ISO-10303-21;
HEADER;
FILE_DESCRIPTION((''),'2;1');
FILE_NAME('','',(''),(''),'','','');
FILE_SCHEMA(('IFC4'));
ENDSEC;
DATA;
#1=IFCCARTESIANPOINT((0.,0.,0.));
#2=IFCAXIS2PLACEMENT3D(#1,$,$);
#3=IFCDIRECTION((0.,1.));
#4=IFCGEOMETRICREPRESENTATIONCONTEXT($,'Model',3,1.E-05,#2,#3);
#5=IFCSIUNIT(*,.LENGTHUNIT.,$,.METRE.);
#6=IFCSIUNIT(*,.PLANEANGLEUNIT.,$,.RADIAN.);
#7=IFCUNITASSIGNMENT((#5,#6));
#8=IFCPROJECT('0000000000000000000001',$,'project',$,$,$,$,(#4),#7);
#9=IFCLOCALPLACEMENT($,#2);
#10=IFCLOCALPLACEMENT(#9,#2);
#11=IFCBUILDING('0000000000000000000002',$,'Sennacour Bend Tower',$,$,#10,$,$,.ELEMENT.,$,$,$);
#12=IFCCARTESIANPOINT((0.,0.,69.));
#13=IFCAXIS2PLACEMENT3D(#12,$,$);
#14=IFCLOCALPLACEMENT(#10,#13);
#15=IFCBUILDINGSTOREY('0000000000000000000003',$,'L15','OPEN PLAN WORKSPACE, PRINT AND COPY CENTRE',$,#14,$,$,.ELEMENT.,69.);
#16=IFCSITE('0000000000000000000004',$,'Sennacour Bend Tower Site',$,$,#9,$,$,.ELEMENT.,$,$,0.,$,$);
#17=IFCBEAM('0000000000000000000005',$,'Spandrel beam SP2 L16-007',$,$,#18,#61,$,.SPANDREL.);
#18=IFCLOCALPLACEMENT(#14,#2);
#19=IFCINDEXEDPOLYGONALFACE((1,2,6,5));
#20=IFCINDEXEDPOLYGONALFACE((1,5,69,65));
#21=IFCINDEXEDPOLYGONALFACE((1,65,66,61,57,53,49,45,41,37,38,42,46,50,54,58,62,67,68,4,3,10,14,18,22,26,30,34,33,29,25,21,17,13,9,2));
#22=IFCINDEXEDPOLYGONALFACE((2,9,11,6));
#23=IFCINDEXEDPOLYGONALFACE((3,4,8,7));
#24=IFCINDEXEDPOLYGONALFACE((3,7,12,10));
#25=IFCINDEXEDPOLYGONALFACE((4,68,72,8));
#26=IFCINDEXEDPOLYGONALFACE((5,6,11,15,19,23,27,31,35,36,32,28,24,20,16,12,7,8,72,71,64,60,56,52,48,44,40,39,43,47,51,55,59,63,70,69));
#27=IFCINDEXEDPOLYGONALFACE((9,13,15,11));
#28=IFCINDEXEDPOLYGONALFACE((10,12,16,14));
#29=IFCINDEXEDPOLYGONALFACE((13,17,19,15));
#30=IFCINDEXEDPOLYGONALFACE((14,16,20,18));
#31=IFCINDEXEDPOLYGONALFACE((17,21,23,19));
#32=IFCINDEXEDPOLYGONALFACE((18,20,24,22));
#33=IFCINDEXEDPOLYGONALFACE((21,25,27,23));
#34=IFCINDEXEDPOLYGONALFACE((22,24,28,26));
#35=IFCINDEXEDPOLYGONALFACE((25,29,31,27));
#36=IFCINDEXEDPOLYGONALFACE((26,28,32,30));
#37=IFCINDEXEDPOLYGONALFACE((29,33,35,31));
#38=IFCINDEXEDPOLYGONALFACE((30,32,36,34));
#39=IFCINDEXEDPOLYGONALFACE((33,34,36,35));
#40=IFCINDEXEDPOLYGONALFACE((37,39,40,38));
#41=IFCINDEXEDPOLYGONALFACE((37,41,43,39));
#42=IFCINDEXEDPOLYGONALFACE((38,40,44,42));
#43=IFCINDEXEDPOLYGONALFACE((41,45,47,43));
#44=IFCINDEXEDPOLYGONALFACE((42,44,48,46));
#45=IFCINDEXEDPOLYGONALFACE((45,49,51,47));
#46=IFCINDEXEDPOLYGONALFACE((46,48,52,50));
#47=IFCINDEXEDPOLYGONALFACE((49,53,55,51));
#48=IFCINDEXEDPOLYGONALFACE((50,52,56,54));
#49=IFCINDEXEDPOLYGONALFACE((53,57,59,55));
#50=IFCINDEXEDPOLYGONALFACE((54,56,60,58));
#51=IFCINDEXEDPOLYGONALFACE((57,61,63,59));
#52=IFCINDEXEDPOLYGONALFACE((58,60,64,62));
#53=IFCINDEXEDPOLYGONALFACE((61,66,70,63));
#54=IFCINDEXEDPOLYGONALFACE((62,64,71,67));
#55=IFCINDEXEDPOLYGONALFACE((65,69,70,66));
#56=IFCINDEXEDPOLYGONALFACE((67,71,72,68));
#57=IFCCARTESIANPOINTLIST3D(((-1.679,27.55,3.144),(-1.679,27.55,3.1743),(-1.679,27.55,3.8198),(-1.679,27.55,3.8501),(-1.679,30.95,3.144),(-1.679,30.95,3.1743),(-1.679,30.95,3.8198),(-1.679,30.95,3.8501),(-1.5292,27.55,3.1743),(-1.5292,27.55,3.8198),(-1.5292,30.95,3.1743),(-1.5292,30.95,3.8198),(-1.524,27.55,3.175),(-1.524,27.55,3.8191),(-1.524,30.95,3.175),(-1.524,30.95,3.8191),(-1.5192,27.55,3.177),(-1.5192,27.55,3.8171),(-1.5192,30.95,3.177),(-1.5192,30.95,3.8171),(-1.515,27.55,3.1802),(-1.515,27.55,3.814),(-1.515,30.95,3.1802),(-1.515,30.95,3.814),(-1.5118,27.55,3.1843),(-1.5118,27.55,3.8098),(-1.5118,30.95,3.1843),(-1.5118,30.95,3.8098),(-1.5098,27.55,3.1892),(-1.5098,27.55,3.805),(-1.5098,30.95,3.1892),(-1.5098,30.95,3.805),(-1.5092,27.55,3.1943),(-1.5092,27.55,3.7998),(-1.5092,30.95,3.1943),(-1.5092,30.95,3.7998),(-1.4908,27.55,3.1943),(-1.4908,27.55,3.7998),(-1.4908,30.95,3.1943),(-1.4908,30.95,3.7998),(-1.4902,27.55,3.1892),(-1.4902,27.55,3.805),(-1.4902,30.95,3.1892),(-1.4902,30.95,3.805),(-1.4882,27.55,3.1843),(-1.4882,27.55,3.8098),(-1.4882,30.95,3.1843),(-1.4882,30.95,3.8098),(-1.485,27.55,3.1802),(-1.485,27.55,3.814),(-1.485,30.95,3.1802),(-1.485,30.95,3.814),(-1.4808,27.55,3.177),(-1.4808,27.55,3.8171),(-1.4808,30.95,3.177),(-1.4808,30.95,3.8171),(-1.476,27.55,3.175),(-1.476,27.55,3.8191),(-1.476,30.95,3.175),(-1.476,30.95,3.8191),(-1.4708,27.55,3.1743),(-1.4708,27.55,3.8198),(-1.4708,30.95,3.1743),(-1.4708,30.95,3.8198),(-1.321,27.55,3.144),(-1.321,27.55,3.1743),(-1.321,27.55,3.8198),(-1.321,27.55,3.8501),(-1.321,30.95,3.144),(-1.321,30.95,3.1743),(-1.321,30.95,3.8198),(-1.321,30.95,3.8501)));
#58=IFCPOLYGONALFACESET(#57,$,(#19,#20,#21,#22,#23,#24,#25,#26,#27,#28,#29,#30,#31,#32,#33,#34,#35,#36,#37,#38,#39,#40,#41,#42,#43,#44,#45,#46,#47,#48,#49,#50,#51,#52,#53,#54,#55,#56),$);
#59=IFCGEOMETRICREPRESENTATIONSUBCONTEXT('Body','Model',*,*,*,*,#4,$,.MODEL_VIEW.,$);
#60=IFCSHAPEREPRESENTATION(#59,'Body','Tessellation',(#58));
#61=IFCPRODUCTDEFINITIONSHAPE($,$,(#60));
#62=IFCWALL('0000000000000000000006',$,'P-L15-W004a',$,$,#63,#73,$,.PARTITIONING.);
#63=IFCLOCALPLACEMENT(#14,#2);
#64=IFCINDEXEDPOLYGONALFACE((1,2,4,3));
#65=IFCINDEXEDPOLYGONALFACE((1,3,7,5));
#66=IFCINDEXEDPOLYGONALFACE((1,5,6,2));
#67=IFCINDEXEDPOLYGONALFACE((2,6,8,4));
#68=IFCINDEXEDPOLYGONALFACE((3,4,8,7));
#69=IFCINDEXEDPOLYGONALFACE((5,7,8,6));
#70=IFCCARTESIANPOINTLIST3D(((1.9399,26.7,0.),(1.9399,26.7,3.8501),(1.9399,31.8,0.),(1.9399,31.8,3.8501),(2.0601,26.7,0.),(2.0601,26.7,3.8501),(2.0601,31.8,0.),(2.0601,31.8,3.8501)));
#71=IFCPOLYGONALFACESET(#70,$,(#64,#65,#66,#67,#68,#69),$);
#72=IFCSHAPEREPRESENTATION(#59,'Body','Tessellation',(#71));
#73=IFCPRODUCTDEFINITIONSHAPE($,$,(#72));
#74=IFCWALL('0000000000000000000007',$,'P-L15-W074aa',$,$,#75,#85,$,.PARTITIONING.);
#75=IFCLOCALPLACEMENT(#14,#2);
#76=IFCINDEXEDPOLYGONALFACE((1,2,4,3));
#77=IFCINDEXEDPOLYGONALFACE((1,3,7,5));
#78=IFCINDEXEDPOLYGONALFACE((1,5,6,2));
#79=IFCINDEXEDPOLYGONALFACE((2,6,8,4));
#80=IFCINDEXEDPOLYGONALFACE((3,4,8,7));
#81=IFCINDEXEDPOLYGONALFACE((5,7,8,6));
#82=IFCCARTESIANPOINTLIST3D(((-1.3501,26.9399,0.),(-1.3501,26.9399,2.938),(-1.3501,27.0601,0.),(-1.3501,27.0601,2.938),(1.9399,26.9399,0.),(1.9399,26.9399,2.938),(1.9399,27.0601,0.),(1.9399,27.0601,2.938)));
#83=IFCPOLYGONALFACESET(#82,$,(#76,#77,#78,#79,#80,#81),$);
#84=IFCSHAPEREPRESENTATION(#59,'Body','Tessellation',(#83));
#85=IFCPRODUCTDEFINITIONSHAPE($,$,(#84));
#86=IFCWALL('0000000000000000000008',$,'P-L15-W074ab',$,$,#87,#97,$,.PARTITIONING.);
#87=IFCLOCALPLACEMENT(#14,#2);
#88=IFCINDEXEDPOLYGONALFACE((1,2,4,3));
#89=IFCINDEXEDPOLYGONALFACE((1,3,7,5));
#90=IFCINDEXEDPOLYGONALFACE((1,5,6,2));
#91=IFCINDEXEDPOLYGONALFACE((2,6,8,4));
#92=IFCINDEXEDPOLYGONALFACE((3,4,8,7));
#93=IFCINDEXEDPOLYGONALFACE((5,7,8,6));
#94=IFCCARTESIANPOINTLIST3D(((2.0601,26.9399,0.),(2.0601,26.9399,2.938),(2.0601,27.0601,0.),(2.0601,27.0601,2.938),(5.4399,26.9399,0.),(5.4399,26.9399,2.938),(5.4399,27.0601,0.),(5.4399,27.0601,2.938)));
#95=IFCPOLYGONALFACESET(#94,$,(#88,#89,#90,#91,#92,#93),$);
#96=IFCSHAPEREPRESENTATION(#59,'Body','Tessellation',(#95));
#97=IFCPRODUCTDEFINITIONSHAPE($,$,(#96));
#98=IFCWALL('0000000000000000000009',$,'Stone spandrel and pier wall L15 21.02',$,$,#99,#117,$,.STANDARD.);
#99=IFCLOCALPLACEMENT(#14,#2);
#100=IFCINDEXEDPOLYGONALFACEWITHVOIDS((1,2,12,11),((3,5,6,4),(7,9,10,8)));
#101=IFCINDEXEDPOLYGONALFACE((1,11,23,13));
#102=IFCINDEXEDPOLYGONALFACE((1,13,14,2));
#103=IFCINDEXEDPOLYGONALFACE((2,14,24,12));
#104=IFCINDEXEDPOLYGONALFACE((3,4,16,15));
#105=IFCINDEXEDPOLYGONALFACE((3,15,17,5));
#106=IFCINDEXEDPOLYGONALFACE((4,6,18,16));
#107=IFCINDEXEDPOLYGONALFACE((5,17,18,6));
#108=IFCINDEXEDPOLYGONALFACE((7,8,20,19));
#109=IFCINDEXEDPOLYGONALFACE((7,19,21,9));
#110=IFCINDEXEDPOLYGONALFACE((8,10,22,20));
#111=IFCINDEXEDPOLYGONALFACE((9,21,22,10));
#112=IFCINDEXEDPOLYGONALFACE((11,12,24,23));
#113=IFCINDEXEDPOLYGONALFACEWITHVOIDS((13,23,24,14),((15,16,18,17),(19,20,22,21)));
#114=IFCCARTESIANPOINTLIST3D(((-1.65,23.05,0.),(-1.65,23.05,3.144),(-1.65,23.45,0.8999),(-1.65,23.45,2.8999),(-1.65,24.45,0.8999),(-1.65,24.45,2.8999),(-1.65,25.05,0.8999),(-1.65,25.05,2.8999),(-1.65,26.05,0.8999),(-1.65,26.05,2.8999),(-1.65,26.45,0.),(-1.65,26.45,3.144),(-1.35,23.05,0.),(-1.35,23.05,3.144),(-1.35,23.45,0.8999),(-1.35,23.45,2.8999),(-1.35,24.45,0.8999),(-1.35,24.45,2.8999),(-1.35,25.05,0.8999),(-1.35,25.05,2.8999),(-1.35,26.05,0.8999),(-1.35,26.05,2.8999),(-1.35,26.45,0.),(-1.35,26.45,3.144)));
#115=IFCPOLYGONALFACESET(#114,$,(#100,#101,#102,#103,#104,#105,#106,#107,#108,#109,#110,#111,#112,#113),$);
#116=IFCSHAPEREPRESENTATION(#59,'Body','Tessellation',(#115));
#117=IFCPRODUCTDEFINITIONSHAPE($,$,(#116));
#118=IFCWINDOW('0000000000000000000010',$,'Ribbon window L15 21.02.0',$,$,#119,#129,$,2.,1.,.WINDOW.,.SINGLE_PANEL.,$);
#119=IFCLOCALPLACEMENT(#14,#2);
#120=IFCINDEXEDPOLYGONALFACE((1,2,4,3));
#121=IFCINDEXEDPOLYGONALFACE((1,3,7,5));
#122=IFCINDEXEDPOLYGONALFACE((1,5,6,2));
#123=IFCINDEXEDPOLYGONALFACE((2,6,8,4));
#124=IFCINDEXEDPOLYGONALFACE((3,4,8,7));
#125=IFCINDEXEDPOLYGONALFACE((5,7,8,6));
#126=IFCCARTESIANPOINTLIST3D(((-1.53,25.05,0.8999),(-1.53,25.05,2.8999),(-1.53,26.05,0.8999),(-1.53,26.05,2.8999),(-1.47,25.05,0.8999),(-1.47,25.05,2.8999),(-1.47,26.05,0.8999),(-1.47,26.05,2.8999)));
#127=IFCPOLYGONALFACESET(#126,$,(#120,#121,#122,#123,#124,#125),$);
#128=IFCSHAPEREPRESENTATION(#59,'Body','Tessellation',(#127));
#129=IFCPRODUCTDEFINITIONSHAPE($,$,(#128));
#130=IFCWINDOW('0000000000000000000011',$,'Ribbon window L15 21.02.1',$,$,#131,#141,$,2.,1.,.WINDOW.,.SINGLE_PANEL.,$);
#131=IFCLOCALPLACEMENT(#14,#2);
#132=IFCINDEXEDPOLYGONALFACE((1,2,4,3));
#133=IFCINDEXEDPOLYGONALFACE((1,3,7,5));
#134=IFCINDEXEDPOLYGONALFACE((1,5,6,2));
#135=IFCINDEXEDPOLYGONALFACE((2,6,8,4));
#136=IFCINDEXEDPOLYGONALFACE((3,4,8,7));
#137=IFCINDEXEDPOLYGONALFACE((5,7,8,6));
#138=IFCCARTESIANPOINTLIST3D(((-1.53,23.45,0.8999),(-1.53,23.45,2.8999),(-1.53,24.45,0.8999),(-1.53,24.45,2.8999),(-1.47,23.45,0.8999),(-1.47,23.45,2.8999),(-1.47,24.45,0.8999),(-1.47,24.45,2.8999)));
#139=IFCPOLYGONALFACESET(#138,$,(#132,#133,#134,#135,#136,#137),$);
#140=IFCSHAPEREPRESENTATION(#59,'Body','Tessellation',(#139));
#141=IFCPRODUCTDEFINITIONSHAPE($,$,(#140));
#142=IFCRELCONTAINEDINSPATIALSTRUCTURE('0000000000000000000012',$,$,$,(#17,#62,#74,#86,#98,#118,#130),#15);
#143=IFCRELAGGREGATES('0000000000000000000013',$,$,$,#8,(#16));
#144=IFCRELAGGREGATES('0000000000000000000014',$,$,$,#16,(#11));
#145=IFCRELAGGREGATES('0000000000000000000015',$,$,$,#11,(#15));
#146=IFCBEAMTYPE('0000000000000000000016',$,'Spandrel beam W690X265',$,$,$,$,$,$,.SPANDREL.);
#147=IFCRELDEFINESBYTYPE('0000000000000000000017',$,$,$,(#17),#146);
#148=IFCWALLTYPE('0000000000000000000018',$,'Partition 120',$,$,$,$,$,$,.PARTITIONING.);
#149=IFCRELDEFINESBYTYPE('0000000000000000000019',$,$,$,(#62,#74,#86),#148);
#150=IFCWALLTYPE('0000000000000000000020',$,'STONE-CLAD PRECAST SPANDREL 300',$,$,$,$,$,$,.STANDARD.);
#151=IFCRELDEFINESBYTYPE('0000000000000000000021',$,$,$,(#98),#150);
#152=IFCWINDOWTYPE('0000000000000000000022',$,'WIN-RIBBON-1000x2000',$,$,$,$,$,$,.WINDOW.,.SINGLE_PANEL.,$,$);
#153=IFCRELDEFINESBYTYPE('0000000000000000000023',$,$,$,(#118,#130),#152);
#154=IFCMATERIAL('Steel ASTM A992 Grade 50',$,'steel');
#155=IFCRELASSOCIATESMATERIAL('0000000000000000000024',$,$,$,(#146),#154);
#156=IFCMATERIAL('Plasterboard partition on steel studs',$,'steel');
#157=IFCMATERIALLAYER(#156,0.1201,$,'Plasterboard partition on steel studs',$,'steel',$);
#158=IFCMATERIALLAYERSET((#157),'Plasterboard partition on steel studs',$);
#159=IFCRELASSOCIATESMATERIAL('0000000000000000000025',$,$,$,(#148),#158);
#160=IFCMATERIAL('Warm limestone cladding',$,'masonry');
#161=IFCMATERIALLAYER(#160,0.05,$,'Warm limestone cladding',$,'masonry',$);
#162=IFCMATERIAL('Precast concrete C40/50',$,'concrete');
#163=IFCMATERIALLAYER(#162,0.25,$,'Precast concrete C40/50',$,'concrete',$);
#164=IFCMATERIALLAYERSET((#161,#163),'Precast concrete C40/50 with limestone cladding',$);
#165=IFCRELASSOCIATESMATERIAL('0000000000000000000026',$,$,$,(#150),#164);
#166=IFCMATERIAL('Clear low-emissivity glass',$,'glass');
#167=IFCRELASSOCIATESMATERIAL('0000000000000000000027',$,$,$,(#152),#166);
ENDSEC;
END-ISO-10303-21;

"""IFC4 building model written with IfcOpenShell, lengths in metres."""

from ifc_helpers import new_model, si_unit, direction, frame, frame_2d, origin, origin_2d, place, context, subcontext, project, spatial, rectangle, i_section, extrude, material, layer, layer_set, material_profile, profile_set, type_object, element, fill, save


model = new_model("IFC4")

# Units and contexts
model_context = context("Model", 3, precision=1e-05, world=origin(), true_north=direction((0.0, 1.0)))
body_context = subcontext(model_context, "Body", "Model", "MODEL_VIEW")
ifc_project = project(units=[si_unit("LENGTHUNIT", "METRE"), si_unit("PLANEANGLEUNIT", "RADIAN")], contexts=[model_context])

# Site, building, storey
site_placement = place(None, origin())
site = spatial("IfcSite", under=ifc_project, at=site_placement, Name="Sennacour Bend Tower Site", CompositionType="ELEMENT", RefElevation=0.0)
building_placement = place(site_placement, origin())
building = spatial("IfcBuilding", under=site, at=building_placement, Name="Sennacour Bend Tower", CompositionType="ELEMENT")
storey_placement = place(building_placement, frame((0.0, 0.0, 69.0)))
storey = spatial("IfcBuildingStorey", under=building, at=storey_placement, Name="L15", Description="OPEN PLAN WORKSPACE, PRINT AND COPY CENTRE", CompositionType="ELEMENT", Elevation=69.0)

# Beam
ifc_material_1 = material(Name="Steel ASTM A992 Grade 50", Category="steel")
ifc_material_profile_1 = material_profile(ifc_material_1, i_section(OverallWidth=0.3579, OverallDepth=0.7061, WebThickness=0.0183, FlangeThickness=0.0303, FilletRadius=0.02, at=origin_2d()), Name="Steel ASTM A992 Grade 50", Category="steel")
ifc_profile_set_1 = profile_set([ifc_material_profile_1], Name="Steel ASTM A992 Grade 50")
beam_type_1 = type_object("IfcBeamType", Name="Spandrel beam W690X265", PredefinedType="SPANDREL", material=ifc_profile_set_1)
for number, where, z_axis, x_axis, name in (
    (1, (-1.5, 27.55, 3.4971), (0.0, 1.0, 0.0), (-1.0, 0.0, 0.0), "Spandrel beam SP2 L16-007"),
):
    element("IfcBeam", number, at=place(storey_placement, frame(where, z_axis=z_axis, x_axis=x_axis)), inside=storey, type_object=beam_type_1, Name=name, PredefinedType="SPANDREL", context=body_context, shape_type="SweptSolid", body=[
        extrude(i_section(OverallWidth=0.3579, OverallDepth=0.7061, WebThickness=0.0183, FlangeThickness=0.0303, FilletRadius=0.02, at=origin_2d()), origin(), (0.0, 0.0, 1.0), 3.3999),
    ])

# Walls
ifc_material_2 = material(Name="Plasterboard partition on steel studs", Category="steel")
ifc_layer_1 = layer(ifc_material_2, 0.1201, Name="Plasterboard partition on steel studs", Category="steel")
ifc_layer_set_1 = layer_set([ifc_layer_1], Name="Plasterboard partition on steel studs")
wall_type_1 = type_object("IfcWallType", Name="Partition 120", PredefinedType="PARTITIONING", material=ifc_layer_set_1)
wall_1_placement = place(storey_placement, frame((2.0, 26.7, 0.0), z_axis=(0.0, 0.0, 1.0), x_axis=(0.0, 1.0, 0.0)))
element("IfcWall", 2, at=wall_1_placement, inside=storey, type_object=wall_type_1, Name="P-L15-W004a", PredefinedType="PARTITIONING", context=body_context, shape_type="SweptSolid", body=[
    extrude(rectangle(XDim=5.1001, YDim=0.1201, at=frame_2d((2.55, 0.0))), origin(), (0.0, 0.0, 1.0), 3.8501),
])
wall_2_placement = place(storey_placement, frame((-1.3501, 27.0, 0.0), z_axis=(0.0, 0.0, 1.0), x_axis=(1.0, 0.0, 0.0)))
element("IfcWall", 3, at=wall_2_placement, inside=storey, type_object=wall_type_1, Name="P-L15-W074aa", PredefinedType="PARTITIONING", context=body_context, shape_type="SweptSolid", body=[
    extrude(rectangle(XDim=3.29, YDim=0.1201, at=frame_2d((1.645, 0.0))), origin(), (0.0, 0.0, 1.0), 2.938),
])
wall_3_placement = place(storey_placement, frame((2.0601, 27.0, 0.0), z_axis=(0.0, 0.0, 1.0), x_axis=(1.0, 0.0, 0.0)))
element("IfcWall", 4, at=wall_3_placement, inside=storey, type_object=wall_type_1, Name="P-L15-W074ab", PredefinedType="PARTITIONING", context=body_context, shape_type="SweptSolid", body=[
    extrude(rectangle(XDim=3.3799, YDim=0.1201, at=frame_2d((1.6899, 0.0))), origin(), (0.0, 0.0, 1.0), 2.938),
])

# Wall, openings, windows
ifc_material_3 = material(Name="Warm limestone cladding", Category="masonry")
ifc_layer_2 = layer(ifc_material_3, 0.05, Name="Warm limestone cladding", Category="masonry")
ifc_material_4 = material(Name="Precast concrete C40/50", Category="concrete")
ifc_layer_3 = layer(ifc_material_4, 0.25, Name="Precast concrete C40/50", Category="concrete")
ifc_layer_set_2 = layer_set([ifc_layer_2, ifc_layer_3], Name="Precast concrete C40/50 with limestone cladding")
wall_type_2 = type_object("IfcWallType", Name="STONE-CLAD PRECAST SPANDREL 300", PredefinedType="STANDARD", material=ifc_layer_set_2)
wall_4_placement = place(storey_placement, frame((-1.5, 26.45, 0.0), z_axis=(0.0, 0.0, 1.0), x_axis=(0.0, -1.0, 0.0)))
wall_4 = element("IfcWall", 5, at=wall_4_placement, inside=storey, type_object=wall_type_2, Name="Stone spandrel and pier wall L15 21.02", PredefinedType="STANDARD", context=body_context, shape_type="SweptSolid", body=[
    extrude(rectangle(XDim=3.3999, YDim=0.3, at=frame_2d((1.7, 0.0))), origin(), (0.0, 0.0, 1.0), 3.144),
])
opening_1_placement = place(wall_4_placement, frame((0.3999, 0.0, 0.8999)))
opening_1 = element("IfcOpeningElement", 6, at=opening_1_placement, cuts=wall_4, PredefinedType="OPENING", context=body_context, shape_type="SweptSolid", body=[
    extrude(rectangle(XDim=1.0, YDim=2.0, at=frame_2d((0.5, 1.0))), frame((0.0, 0.1602, 0.0), z_axis=(0.0, -1.0, 0.0), x_axis=(1.0, 0.0, 0.0)), (0.0, 0.0, 1.0), 0.3201),
])
opening_2_placement = place(wall_4_placement, frame((2.0, 0.0, 0.8999)))
opening_2 = element("IfcOpeningElement", 7, at=opening_2_placement, cuts=wall_4, PredefinedType="OPENING", context=body_context, shape_type="SweptSolid", body=[
    extrude(rectangle(XDim=1.0, YDim=2.0, at=frame_2d((0.5, 1.0))), frame((0.0, 0.1602, 0.0), z_axis=(0.0, -1.0, 0.0), x_axis=(1.0, 0.0, 0.0)), (0.0, 0.0, 1.0), 0.3201),
])
ifc_material_5 = material(Name="Clear low-emissivity glass", Category="glass")
window_type = type_object("IfcWindowType", Name="WIN-RIBBON-1000x2000", PartitioningType="SINGLE_PANEL", PredefinedType="WINDOW", material=ifc_material_5)
window_1_placement = place(opening_1_placement, origin())
window_1 = element("IfcWindow", 8, at=window_1_placement, inside=storey, type_object=window_type, Name="Ribbon window L15 21.02.0", OverallHeight=2.0, OverallWidth=1.0, PartitioningType="SINGLE_PANEL", PredefinedType="WINDOW", context=body_context, shape_type="SweptSolid", body=[
    extrude(rectangle(XDim=1.0, YDim=2.0, at=frame_2d((0.5, 1.0))), frame((0.0, 0.03, 0.0), z_axis=(0.0, -1.0, 0.0), x_axis=(1.0, 0.0, 0.0)), (0.0, 0.0, 1.0), 0.0601),
])
fill(opening_1, window_1)
window_2_placement = place(opening_2_placement, origin())
window_2 = element("IfcWindow", 9, at=window_2_placement, inside=storey, type_object=window_type, Name="Ribbon window L15 21.02.1", OverallHeight=2.0, OverallWidth=1.0, PartitioningType="SINGLE_PANEL", PredefinedType="WINDOW", context=body_context, shape_type="SweptSolid", body=[
    extrude(rectangle(XDim=1.0, YDim=2.0, at=frame_2d((0.5, 1.0))), frame((0.0, 0.03, 0.0), z_axis=(0.0, -1.0, 0.0), x_axis=(1.0, 0.0, 0.0)), (0.0, 0.0, 1.0), 0.0601),
])
fill(opening_2, window_2)

save(model, "model.ifc")
